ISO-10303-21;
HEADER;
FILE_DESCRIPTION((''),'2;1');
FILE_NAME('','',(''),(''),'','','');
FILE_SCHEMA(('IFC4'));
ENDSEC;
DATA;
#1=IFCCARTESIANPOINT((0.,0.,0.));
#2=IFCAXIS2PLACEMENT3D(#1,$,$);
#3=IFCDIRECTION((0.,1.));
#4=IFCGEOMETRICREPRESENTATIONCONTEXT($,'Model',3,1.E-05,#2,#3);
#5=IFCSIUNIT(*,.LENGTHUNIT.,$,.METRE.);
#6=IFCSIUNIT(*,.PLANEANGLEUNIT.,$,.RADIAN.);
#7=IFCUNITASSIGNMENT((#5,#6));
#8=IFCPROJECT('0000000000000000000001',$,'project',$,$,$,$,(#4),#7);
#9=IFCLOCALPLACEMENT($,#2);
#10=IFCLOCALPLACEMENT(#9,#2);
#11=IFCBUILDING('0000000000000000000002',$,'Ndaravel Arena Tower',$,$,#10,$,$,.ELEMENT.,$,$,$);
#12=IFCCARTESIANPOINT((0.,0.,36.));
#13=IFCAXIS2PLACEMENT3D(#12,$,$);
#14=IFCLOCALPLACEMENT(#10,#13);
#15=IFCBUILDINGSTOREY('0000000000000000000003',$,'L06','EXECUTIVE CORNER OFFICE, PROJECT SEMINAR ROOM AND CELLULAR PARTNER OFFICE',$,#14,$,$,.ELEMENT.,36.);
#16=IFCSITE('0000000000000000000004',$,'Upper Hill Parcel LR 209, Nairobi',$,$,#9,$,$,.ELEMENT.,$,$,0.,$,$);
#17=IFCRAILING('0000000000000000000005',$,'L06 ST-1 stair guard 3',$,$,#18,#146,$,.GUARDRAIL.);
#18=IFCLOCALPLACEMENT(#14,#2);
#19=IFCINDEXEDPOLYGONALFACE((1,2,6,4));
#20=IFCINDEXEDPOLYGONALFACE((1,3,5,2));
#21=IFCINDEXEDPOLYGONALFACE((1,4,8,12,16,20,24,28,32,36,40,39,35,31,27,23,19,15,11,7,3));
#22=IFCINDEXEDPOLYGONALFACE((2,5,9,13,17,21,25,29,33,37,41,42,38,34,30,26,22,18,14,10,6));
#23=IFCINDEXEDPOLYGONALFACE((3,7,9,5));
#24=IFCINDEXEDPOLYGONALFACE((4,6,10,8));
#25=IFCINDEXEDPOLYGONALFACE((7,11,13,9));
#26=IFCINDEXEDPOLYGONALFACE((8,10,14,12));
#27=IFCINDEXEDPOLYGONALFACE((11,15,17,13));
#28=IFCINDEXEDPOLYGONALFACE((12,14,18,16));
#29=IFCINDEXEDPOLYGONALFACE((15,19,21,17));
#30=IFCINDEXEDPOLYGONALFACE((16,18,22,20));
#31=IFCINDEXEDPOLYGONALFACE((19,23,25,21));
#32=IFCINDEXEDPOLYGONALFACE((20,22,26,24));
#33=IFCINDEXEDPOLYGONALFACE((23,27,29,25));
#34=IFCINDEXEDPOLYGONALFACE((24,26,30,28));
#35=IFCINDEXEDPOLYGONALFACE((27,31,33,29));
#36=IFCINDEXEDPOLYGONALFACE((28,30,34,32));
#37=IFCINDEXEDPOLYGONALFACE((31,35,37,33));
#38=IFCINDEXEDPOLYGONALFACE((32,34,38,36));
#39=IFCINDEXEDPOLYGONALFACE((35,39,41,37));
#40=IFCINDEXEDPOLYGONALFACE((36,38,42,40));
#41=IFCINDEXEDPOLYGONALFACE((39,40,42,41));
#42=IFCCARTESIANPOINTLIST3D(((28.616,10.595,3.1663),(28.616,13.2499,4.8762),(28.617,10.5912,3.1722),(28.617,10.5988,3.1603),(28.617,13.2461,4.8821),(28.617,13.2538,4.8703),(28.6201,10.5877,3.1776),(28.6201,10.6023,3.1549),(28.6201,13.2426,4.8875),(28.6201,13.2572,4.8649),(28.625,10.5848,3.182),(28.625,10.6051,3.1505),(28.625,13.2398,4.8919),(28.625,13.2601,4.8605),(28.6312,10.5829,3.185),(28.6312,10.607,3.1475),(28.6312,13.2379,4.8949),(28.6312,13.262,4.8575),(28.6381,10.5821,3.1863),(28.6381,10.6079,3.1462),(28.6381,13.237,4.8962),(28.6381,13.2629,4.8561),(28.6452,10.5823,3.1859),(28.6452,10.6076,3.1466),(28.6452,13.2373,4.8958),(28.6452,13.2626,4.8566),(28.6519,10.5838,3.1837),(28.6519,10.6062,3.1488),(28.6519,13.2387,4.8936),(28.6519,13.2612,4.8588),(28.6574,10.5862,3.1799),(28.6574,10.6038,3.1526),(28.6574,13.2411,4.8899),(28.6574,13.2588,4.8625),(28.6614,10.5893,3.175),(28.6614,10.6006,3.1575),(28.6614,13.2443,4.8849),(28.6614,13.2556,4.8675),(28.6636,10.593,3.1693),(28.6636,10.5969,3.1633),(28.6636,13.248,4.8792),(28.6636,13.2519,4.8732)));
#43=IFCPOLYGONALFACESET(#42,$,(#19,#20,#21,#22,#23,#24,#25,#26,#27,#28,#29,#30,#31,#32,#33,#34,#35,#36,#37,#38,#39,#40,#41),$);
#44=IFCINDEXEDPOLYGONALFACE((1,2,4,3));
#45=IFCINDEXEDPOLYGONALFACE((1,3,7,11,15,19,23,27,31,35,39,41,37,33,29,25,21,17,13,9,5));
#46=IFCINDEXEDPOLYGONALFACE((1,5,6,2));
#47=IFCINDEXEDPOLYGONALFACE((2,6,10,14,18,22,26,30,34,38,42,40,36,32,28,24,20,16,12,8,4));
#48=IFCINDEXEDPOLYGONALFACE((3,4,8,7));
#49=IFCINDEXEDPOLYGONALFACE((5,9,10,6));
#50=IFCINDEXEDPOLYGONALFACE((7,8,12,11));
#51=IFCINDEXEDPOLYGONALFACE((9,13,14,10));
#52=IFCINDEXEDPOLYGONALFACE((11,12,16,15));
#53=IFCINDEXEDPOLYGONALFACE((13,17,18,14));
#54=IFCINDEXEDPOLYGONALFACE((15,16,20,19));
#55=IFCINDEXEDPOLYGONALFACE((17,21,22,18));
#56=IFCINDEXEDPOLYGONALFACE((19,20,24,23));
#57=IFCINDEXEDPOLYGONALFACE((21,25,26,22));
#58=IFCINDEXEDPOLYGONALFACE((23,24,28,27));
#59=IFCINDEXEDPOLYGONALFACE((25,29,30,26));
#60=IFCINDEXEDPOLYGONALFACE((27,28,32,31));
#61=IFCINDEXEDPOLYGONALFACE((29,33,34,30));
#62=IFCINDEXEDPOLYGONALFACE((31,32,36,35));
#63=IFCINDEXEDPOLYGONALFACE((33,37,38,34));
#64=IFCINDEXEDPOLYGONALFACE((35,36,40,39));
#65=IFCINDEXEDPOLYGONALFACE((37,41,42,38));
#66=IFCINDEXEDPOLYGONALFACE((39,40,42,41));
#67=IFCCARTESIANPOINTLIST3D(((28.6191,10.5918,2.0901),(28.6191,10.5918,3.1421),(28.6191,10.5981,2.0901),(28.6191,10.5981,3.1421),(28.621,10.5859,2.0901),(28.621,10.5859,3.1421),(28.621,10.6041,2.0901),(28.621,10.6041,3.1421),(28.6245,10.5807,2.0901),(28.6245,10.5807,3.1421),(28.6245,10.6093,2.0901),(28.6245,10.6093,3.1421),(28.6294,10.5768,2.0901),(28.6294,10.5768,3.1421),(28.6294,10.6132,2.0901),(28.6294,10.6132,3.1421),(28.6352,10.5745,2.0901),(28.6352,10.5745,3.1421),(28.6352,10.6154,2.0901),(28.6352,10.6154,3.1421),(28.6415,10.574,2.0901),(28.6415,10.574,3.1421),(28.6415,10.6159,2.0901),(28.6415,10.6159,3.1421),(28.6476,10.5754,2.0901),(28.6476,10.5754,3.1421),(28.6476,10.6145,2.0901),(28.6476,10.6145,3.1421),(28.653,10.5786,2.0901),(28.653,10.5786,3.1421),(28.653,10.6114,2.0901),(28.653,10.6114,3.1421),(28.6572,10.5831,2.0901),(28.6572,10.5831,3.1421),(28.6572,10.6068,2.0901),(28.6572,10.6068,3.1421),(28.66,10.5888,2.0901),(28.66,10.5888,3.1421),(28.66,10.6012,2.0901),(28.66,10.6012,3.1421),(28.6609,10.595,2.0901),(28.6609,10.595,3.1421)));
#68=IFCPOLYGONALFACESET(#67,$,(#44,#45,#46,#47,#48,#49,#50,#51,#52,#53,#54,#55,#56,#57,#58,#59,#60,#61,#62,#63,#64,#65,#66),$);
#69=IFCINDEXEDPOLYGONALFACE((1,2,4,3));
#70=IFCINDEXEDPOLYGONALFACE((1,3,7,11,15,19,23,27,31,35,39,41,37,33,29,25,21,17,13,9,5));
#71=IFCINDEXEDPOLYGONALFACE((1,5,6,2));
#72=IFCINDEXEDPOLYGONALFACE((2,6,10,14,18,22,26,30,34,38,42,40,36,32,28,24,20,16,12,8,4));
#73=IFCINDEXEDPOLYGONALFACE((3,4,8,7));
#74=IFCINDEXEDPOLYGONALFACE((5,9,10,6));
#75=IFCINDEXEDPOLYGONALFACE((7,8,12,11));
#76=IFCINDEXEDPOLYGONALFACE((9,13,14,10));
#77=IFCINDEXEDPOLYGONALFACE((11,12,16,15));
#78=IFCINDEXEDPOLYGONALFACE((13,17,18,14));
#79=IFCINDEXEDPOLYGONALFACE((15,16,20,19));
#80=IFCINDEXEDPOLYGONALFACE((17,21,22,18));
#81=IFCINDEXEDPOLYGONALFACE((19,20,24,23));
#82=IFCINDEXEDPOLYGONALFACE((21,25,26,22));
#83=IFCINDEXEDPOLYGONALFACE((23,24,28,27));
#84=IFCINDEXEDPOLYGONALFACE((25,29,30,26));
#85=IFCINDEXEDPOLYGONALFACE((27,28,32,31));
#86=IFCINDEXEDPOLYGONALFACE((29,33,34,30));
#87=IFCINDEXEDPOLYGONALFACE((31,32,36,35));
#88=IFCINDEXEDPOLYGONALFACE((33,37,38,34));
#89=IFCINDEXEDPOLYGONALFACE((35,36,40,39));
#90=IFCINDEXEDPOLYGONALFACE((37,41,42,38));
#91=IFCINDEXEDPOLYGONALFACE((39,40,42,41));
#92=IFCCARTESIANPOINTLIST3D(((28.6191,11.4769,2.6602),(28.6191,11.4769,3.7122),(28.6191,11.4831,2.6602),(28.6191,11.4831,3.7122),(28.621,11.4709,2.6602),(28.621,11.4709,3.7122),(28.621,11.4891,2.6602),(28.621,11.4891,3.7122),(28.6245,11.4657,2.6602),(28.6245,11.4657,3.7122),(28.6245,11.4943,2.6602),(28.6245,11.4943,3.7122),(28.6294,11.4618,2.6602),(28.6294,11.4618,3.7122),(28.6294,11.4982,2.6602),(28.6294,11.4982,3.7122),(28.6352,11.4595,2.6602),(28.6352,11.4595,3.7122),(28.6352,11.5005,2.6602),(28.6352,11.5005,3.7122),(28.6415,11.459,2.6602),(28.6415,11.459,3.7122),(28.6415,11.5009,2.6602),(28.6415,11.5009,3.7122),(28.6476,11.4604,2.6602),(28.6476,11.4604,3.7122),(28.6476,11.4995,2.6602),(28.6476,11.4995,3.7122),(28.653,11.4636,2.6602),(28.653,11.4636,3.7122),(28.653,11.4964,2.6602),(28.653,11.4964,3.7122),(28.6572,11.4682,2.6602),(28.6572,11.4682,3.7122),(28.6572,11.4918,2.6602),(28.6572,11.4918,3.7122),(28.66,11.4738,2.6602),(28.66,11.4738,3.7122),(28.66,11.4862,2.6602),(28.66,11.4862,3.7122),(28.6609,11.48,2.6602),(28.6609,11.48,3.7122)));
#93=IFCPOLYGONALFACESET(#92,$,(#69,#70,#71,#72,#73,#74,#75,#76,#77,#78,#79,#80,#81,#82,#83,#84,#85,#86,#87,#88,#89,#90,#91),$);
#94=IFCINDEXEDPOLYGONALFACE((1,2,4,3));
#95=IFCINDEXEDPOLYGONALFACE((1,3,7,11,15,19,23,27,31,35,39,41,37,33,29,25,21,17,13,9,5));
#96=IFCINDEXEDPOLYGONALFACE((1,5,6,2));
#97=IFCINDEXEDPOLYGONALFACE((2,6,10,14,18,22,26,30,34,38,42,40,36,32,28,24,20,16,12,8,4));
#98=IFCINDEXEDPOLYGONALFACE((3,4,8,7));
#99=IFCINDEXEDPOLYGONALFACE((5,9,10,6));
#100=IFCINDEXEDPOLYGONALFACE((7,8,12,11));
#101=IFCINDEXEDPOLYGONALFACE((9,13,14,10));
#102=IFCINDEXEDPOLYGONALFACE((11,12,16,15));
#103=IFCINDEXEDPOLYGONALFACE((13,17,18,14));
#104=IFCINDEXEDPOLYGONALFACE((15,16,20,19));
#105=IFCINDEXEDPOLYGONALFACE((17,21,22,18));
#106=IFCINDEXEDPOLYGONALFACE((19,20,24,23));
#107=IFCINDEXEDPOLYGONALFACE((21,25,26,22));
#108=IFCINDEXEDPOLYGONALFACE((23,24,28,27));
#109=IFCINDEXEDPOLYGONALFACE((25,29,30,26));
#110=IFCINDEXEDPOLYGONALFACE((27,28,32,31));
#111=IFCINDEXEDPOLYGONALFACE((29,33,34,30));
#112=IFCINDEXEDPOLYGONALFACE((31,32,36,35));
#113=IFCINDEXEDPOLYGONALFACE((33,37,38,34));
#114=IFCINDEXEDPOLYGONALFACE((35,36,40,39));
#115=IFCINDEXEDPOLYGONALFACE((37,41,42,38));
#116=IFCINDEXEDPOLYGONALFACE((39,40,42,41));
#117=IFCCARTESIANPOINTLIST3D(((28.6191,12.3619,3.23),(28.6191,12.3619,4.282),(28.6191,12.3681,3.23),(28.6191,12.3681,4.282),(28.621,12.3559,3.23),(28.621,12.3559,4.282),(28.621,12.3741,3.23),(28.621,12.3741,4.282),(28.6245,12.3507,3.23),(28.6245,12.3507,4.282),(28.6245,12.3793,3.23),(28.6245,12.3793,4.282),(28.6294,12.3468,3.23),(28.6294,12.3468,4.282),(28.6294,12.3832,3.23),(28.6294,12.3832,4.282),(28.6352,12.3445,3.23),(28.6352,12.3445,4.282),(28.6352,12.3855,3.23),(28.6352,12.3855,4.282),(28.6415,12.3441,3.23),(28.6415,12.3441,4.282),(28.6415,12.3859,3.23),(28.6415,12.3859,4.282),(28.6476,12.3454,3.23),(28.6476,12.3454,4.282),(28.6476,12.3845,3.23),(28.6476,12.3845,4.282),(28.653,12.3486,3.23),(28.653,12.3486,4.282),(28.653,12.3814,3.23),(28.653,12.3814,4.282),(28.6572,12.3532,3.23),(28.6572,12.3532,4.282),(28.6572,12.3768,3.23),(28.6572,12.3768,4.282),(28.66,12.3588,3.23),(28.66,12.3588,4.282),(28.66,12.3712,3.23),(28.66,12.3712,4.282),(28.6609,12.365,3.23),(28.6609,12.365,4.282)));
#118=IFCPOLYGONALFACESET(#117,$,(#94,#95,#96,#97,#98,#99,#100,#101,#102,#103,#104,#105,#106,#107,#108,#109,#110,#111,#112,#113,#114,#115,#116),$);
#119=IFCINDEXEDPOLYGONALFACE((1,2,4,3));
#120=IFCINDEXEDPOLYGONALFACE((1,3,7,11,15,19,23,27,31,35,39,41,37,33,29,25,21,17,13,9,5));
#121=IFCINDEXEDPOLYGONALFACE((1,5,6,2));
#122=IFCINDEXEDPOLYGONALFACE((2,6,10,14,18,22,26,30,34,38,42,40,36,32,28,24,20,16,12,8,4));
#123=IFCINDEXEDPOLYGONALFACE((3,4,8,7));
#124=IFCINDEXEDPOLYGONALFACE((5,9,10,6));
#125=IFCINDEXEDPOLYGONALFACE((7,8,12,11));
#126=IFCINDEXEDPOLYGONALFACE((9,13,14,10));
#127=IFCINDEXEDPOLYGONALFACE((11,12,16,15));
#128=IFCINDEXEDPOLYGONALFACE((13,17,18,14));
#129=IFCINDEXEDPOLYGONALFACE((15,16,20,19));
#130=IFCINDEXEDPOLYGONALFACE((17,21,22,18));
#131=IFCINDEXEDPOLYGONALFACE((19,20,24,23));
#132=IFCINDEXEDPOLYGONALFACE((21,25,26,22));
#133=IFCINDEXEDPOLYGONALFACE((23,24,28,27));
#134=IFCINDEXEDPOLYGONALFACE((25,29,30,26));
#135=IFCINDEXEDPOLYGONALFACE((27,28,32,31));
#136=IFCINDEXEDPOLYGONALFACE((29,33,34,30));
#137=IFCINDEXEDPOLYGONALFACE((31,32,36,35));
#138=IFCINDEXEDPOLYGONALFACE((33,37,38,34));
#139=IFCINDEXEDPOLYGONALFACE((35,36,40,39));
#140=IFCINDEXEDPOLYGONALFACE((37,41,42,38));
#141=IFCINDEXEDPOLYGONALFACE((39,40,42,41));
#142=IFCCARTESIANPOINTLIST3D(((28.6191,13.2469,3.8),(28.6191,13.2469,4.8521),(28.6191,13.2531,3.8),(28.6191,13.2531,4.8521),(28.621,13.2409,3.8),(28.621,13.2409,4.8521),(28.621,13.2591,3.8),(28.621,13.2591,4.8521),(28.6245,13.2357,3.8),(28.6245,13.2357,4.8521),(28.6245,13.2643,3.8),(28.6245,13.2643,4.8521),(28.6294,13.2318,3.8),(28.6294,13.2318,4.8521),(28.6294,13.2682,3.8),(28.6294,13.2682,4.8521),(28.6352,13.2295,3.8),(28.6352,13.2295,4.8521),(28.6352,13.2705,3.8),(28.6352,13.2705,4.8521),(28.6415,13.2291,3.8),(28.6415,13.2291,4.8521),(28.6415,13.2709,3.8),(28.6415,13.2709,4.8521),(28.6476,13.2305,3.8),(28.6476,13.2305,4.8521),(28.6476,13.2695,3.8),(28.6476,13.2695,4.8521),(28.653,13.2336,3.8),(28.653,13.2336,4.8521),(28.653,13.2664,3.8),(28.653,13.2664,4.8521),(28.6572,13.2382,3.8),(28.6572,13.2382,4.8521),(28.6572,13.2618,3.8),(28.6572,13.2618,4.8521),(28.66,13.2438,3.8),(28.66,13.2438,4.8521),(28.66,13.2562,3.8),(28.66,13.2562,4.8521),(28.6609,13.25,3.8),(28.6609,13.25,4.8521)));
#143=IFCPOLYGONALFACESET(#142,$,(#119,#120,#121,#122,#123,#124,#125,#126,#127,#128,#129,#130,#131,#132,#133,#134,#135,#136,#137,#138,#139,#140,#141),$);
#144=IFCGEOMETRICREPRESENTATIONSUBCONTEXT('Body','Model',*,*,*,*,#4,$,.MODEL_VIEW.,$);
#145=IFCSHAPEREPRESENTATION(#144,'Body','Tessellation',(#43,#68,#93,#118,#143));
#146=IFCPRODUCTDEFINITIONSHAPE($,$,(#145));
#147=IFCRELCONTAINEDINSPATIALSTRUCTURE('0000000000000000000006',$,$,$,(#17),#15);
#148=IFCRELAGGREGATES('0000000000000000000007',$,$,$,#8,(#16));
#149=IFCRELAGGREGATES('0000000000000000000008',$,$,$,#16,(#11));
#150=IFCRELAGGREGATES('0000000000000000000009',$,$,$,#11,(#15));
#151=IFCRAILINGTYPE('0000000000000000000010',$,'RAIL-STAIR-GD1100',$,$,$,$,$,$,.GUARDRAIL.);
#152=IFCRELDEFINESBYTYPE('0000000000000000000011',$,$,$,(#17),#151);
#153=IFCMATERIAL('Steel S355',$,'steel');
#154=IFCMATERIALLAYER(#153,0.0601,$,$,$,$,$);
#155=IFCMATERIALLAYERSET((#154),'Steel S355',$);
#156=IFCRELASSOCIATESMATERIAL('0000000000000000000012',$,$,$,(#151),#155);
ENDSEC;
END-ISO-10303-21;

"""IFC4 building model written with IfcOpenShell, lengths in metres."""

from ifc_helpers import new_model, si_unit, direction, frame, origin, origin_2d, place, context, subcontext, project, spatial, circle, extrude, material, layer, layer_set, type_object, element, save


model = new_model("IFC4")

# Units and contexts
model_context = context("Model", 3, precision=1e-05, world=origin(), true_north=direction((0.0, 1.0)))
body_context = subcontext(model_context, "Body", "Model", "MODEL_VIEW")
ifc_project = project(units=[si_unit("LENGTHUNIT", "METRE"), si_unit("PLANEANGLEUNIT", "RADIAN")], contexts=[model_context])

# Site, building, storey
site_placement = place(None, origin())
site = spatial("IfcSite", under=ifc_project, at=site_placement, Name="Upper Hill Parcel LR 209, Nairobi", CompositionType="ELEMENT", RefElevation=0.0)
building_placement = place(site_placement, origin())
building = spatial("IfcBuilding", under=site, at=building_placement, Name="Ndaravel Arena Tower", CompositionType="ELEMENT")
storey_placement = place(building_placement, frame((0.0, 0.0, 36.0)))
storey = spatial("IfcBuildingStorey", under=building, at=storey_placement, Name="L06", Description="EXECUTIVE CORNER OFFICE, PROJECT SEMINAR ROOM AND CELLULAR PARTNER OFFICE", CompositionType="ELEMENT", Elevation=36.0)

# Railing
ifc_material_1 = material(Name="Steel S355", Category="steel")
ifc_layer_1 = layer(ifc_material_1, 0.0601)
ifc_layer_set_1 = layer_set([ifc_layer_1], Name="Steel S355")
railing_type_1 = type_object("IfcRailingType", Name="RAIL-STAIR-GD1100", PredefinedType="GUARDRAIL", material=ifc_layer_set_1)
railing_1_placement = place(storey_placement, frame((28.6399, 10.595, 2.0901)))
element("IfcRailing", 1, at=railing_1_placement, inside=storey, type_object=railing_type_1, Name="L06 ST-1 stair guard 3", PredefinedType="GUARDRAIL", context=body_context, shape_type="SweptSolid", body=[
    extrude(circle(Radius=0.0239, at=origin_2d()), frame((0.0, 0.0, 1.0762), z_axis=(0.0, 0.840724, 0.541465), x_axis=(-1.0, 0.0, 0.0)), (0.0, 0.0, 1.0), 3.158),
    extrude(circle(Radius=0.021, at=origin_2d()), origin(), (0.0, 0.0, 1.0), 1.052),
    extrude(circle(Radius=0.021, at=origin_2d()), frame((0.0, 0.885, 0.5701)), (0.0, 0.0, 1.0), 1.052),
    extrude(circle(Radius=0.021, at=origin_2d()), frame((0.0, 1.77, 1.1399)), (0.0, 0.0, 1.0), 1.052),
    extrude(circle(Radius=0.021, at=origin_2d()), frame((0.0, 2.655, 1.71)), (0.0, 0.0, 1.0), 1.052),
])

save(model, "model.ifc")
